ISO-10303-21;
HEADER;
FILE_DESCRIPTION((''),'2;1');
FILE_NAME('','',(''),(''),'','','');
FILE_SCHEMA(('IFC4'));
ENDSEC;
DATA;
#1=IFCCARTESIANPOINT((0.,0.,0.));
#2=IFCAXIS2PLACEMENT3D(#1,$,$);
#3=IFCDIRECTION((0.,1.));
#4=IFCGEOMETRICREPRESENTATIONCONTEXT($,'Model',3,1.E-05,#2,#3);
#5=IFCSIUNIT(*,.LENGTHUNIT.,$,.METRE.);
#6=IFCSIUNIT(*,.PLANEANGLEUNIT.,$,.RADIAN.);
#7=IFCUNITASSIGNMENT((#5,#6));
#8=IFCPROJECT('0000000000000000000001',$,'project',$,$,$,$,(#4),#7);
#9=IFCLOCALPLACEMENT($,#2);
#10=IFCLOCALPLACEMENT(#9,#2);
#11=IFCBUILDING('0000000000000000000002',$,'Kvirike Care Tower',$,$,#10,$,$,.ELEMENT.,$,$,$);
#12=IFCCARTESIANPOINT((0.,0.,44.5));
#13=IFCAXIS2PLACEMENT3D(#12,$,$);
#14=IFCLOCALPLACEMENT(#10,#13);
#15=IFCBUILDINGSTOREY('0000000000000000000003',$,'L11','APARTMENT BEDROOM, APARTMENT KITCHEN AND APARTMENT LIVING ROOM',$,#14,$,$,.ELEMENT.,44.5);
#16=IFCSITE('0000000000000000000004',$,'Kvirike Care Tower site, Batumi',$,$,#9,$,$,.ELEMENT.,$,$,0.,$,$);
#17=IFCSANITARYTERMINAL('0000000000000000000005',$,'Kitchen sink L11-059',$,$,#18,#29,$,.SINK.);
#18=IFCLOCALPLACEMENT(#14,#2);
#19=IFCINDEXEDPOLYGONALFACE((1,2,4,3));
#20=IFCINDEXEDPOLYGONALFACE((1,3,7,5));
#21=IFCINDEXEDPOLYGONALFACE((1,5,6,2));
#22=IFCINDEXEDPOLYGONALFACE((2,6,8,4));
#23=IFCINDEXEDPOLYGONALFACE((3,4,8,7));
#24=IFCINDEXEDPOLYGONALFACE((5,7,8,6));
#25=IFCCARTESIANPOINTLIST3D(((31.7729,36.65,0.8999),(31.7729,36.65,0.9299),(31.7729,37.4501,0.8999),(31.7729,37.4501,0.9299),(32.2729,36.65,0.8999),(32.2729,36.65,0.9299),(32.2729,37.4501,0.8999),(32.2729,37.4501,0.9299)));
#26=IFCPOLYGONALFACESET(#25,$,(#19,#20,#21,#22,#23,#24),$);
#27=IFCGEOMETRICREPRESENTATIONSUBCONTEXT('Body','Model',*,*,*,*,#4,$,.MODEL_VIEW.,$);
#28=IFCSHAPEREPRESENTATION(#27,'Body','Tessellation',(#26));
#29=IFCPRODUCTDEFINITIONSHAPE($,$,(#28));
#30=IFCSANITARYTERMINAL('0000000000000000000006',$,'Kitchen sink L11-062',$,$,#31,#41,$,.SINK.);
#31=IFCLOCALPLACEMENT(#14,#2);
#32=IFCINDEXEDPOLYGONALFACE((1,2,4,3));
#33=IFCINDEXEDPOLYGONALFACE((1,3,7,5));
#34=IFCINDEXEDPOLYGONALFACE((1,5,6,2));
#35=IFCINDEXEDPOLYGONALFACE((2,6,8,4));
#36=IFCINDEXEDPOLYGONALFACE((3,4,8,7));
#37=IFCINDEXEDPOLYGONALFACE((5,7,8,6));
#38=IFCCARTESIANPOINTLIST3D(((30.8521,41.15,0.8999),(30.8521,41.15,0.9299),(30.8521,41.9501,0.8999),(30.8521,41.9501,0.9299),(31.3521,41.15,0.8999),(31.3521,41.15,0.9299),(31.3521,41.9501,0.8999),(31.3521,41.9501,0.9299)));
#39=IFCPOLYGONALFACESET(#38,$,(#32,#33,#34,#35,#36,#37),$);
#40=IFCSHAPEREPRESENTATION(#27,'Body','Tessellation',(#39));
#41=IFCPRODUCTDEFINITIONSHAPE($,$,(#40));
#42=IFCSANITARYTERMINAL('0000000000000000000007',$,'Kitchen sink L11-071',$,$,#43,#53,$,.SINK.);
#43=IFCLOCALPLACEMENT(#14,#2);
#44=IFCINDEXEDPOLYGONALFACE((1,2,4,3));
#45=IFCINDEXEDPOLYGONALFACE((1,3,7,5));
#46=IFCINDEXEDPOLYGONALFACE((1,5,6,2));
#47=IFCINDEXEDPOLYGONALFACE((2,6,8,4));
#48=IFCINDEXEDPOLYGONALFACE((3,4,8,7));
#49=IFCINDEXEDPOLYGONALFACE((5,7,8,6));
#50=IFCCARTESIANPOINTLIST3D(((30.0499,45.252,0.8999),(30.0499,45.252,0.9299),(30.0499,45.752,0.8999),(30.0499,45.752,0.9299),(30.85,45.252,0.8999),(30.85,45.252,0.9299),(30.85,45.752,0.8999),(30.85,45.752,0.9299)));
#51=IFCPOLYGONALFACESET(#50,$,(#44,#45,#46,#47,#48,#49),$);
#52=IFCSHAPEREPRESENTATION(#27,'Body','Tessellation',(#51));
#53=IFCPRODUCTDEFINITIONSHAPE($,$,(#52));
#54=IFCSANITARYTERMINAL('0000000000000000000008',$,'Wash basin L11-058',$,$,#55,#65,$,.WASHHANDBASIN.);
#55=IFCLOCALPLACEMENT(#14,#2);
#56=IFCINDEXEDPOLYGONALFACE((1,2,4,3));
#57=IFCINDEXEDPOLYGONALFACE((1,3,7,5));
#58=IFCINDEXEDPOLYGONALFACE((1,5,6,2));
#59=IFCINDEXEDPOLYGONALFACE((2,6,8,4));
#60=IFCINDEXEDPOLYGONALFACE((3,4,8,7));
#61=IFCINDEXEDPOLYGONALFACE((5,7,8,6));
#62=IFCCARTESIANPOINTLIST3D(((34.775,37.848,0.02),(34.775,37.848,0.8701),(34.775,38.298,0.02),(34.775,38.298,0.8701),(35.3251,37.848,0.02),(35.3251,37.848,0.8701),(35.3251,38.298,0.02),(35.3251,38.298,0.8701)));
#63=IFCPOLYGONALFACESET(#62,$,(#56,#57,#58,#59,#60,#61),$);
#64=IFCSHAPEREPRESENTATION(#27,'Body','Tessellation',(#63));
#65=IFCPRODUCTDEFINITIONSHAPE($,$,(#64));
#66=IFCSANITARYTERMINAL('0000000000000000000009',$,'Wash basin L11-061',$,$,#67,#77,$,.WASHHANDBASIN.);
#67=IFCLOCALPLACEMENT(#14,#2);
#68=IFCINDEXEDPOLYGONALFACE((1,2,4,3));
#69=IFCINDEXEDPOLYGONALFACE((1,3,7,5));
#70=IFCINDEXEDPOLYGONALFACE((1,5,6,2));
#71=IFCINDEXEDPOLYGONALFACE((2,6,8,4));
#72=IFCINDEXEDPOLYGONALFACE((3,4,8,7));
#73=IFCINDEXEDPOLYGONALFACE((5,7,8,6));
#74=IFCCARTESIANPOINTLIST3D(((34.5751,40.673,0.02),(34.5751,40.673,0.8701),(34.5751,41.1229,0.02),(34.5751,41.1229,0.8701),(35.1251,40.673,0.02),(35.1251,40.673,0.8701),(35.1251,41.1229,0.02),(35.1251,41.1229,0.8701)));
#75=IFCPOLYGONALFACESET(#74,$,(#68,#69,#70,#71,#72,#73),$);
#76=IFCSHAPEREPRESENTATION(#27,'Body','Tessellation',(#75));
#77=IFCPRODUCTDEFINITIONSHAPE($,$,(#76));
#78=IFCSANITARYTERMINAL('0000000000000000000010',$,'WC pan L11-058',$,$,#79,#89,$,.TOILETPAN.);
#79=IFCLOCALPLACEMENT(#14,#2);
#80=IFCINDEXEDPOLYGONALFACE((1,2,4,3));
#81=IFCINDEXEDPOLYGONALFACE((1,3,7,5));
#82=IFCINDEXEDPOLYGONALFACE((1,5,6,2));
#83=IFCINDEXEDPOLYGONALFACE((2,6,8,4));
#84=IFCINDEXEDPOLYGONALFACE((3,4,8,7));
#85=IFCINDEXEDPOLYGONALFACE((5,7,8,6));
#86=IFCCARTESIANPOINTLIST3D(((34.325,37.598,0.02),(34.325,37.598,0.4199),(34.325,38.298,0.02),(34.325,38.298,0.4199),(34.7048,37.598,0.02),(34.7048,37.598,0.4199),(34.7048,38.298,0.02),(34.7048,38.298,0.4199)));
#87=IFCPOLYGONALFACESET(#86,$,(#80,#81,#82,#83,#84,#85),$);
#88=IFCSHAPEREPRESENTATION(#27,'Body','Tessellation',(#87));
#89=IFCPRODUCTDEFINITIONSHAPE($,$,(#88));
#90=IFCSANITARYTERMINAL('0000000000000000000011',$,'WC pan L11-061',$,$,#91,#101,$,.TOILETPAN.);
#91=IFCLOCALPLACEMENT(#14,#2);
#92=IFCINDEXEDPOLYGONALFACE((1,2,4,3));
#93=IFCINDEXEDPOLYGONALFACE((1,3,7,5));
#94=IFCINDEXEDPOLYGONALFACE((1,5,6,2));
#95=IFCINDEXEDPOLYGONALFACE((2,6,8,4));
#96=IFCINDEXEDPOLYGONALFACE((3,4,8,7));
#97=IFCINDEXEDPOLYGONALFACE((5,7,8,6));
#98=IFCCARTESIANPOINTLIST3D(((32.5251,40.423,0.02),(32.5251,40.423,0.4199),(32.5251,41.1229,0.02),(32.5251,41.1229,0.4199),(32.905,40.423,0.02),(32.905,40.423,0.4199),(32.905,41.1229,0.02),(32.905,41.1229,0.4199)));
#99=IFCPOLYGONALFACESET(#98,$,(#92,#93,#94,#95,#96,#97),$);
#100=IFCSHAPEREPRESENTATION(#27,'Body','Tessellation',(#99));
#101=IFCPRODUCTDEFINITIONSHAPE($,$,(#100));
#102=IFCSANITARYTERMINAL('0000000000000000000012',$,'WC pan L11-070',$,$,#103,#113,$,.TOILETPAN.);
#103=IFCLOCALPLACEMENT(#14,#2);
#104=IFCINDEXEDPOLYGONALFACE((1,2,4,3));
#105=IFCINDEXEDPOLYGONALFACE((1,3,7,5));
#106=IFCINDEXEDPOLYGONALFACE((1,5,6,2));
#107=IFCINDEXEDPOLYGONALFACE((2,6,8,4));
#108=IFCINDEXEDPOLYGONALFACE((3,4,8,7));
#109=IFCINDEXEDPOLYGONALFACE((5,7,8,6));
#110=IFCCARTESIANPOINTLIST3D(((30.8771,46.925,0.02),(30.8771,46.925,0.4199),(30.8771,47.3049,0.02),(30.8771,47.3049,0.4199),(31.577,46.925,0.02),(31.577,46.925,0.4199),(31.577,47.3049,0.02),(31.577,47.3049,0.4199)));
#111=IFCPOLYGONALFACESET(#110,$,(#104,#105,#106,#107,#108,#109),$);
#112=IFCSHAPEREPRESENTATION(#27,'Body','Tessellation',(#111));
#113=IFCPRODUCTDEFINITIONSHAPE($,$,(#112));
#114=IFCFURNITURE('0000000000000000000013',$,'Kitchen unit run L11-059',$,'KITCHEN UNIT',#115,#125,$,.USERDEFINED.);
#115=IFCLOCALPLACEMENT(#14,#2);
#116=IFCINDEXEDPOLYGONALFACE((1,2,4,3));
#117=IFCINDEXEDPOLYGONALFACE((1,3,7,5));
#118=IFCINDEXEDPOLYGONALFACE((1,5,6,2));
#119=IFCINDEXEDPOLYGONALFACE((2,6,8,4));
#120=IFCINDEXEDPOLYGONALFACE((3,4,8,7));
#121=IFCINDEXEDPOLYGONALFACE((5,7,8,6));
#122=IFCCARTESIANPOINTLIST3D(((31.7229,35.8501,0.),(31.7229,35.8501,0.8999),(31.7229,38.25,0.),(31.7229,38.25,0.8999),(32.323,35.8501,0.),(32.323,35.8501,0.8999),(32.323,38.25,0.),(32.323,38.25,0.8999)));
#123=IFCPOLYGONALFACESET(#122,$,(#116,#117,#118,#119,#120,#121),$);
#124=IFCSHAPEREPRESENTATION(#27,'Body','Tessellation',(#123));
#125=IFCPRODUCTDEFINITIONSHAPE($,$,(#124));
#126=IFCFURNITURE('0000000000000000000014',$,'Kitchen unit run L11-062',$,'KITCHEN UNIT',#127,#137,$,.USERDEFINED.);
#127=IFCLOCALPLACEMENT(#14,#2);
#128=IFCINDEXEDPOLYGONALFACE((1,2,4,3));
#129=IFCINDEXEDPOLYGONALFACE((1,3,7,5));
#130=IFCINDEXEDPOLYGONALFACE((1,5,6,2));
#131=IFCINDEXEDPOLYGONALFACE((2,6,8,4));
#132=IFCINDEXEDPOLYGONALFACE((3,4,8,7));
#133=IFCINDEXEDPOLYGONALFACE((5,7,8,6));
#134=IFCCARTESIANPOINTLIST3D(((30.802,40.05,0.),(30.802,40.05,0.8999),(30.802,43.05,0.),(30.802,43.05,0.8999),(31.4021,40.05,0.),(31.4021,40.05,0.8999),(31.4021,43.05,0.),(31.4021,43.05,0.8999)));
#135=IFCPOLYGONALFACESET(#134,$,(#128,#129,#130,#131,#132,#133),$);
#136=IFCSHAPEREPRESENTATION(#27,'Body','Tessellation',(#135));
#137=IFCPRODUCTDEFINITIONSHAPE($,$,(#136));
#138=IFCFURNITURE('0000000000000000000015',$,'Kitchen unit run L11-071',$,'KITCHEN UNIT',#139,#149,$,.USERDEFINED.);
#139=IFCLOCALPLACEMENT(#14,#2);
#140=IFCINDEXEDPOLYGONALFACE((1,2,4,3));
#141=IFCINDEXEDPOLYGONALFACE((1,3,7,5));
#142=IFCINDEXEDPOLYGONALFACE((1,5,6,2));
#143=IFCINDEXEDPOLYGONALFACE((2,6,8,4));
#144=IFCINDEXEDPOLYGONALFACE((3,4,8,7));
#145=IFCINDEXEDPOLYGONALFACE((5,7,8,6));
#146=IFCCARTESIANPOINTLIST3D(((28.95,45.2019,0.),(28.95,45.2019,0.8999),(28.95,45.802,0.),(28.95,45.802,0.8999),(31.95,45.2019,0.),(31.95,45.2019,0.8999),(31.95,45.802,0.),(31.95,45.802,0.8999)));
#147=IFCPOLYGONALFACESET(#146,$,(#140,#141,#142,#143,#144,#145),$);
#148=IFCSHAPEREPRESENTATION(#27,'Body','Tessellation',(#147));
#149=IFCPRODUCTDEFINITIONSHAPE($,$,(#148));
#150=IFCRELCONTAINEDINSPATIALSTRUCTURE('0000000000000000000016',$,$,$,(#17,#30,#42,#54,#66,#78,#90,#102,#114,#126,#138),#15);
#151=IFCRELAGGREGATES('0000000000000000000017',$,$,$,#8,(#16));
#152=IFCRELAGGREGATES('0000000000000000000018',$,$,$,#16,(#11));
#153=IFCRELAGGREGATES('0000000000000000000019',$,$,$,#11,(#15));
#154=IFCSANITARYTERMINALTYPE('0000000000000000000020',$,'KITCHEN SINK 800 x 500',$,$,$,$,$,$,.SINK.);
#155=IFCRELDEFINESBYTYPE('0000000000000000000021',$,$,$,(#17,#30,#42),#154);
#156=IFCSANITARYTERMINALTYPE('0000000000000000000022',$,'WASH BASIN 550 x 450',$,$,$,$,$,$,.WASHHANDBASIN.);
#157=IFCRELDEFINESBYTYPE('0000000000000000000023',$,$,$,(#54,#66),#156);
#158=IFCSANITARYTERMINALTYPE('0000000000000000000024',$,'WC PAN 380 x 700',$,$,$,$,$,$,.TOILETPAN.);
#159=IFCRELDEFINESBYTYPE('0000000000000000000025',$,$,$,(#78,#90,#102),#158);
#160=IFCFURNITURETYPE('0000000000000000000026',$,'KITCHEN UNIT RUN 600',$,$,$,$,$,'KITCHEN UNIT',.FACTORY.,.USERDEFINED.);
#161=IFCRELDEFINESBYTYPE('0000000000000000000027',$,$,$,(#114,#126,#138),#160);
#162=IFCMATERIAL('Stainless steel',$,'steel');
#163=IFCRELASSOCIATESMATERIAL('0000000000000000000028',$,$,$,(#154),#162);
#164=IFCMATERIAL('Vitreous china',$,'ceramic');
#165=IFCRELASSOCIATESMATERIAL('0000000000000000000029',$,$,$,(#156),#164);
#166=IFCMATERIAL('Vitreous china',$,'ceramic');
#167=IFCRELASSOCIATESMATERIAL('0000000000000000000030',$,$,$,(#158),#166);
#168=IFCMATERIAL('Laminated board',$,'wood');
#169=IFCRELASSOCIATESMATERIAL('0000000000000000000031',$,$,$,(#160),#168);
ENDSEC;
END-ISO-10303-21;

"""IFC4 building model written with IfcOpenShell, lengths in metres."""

from ifc_helpers import new_model, si_unit, direction, frame, origin, origin_2d, place, context, subcontext, project, spatial, rectangle, extrude, material, type_object, element, save


model = new_model("IFC4")

# Units and contexts
model_context = context("Model", 3, precision=1e-05, world=origin(), true_north=direction((0.0, 1.0)))
body_context = subcontext(model_context, "Body", "Model", "MODEL_VIEW")
ifc_project = project(units=[si_unit("LENGTHUNIT", "METRE"), si_unit("PLANEANGLEUNIT", "RADIAN")], contexts=[model_context])

# Site, building, storey
site_placement = place(None, origin())
site = spatial("IfcSite", under=ifc_project, at=site_placement, Name="Kvirike Care Tower site, Batumi", CompositionType="ELEMENT", RefElevation=0.0)
building_placement = place(site_placement, origin())
building = spatial("IfcBuilding", under=site, at=building_placement, Name="Kvirike Care Tower", CompositionType="ELEMENT")
storey_placement = place(building_placement, frame((0.0, 0.0, 44.5)))
storey = spatial("IfcBuildingStorey", under=building, at=storey_placement, Name="L11", Description="APARTMENT BEDROOM, APARTMENT KITCHEN AND APARTMENT LIVING ROOM", CompositionType="ELEMENT", Elevation=44.5)

# Sanitary terminals
ifc_material_1 = material(Name="Stainless steel", Category="steel")
sanitary_terminal_type_1 = type_object("IfcSanitaryTerminalType", Name="KITCHEN SINK 800 x 500", PredefinedType="SINK", material=ifc_material_1)
for number, where, z_axis, x_axis, name in (
    (1, (32.0229, 37.05, 0.8999), (0.0, 0.0, 1.0), (0.0, -1.0, 0.0), "Kitchen sink L11-059"),
    (2, (31.1021, 41.55, 0.8999), (0.0, 0.0, 1.0), (0.0, 1.0, 0.0), "Kitchen sink L11-062"),
    (3, (30.45, 45.502, 0.8999), (0.0, 0.0, 1.0), (-1.0, 0.0, 0.0), "Kitchen sink L11-071"),
):
    element("IfcSanitaryTerminal", number, at=place(storey_placement, frame(where, z_axis=z_axis, x_axis=x_axis)), inside=storey, type_object=sanitary_terminal_type_1, Name=name, PredefinedType="SINK", context=body_context, shape_type="SweptSolid", body=[
        extrude(rectangle(XDim=0.8, YDim=0.5, at=origin_2d()), origin(), (0.0, 0.0, 1.0), 0.03),
    ])
ifc_material_2 = material(Name="Vitreous china", Category="ceramic")
sanitary_terminal_type_2 = type_object("IfcSanitaryTerminalType", Name="WASH BASIN 550 x 450", PredefinedType="WASHHANDBASIN", material=ifc_material_2)
for number, where, z_axis, x_axis, name in (
    (4, (35.05, 38.073, 0.02), (0.0, 0.0, 1.0), (1.0, 0.0, 0.0), "Wash basin L11-058"),
    (5, (34.8501, 40.8979, 0.02), (0.0, 0.0, 1.0), (1.0, 0.0, 0.0), "Wash basin L11-061"),
):
    element("IfcSanitaryTerminal", number, at=place(storey_placement, frame(where, z_axis=z_axis, x_axis=x_axis)), inside=storey, type_object=sanitary_terminal_type_2, Name=name, PredefinedType="WASHHANDBASIN", context=body_context, shape_type="SweptSolid", body=[
        extrude(rectangle(XDim=0.55, YDim=0.45, at=origin_2d()), origin(), (0.0, 0.0, 1.0), 0.8501),
    ])
ifc_material_3 = material(Name="Vitreous china", Category="ceramic")
sanitary_terminal_type_3 = type_object("IfcSanitaryTerminalType", Name="WC PAN 380 x 700", PredefinedType="TOILETPAN", material=ifc_material_3)
for number, where, z_axis, x_axis, name in (
    (6, (34.5149, 37.948, 0.02), (0.0, 0.0, 1.0), (1.0, 0.0, 0.0), "WC pan L11-058"),
    (7, (32.7151, 40.7729, 0.02), (0.0, 0.0, 1.0), (1.0, 0.0, 0.0), "WC pan L11-061"),
    (8, (31.2271, 47.115, 0.02), (0.0, 0.0, 1.0), (0.0, 1.0, 0.0), "WC pan L11-070"),
):
    element("IfcSanitaryTerminal", number, at=place(storey_placement, frame(where, z_axis=z_axis, x_axis=x_axis)), inside=storey, type_object=sanitary_terminal_type_3, Name=name, PredefinedType="TOILETPAN", context=body_context, shape_type="SweptSolid", body=[
        extrude(rectangle(XDim=0.3799, YDim=0.7, at=origin_2d()), origin(), (0.0, 0.0, 1.0), 0.3999),
    ])

# Furniture
ifc_material_4 = material(Name="Laminated board", Category="wood")
furniture_type = type_object("IfcFurnitureType", Name="KITCHEN UNIT RUN 600", ElementType="KITCHEN UNIT", AssemblyPlace="FACTORY", PredefinedType="USERDEFINED", material=ifc_material_4)
furniture_placement = place(storey_placement, frame((32.0229, 37.05, 0.0), z_axis=(0.0, 0.0, 1.0), x_axis=(0.0, -1.0, 0.0)))
element("IfcFurniture", 9, at=furniture_placement, inside=storey, type_object=furniture_type, Name="Kitchen unit run L11-059", ObjectType="KITCHEN UNIT", PredefinedType="USERDEFINED", context=body_context, shape_type="SweptSolid", body=[
    extrude(rectangle(XDim=2.3999, YDim=0.6001, at=origin_2d()), origin(), (0.0, 0.0, 1.0), 0.8999),
])
for number, where, z_axis, x_axis, name in (
    (10, (31.1021, 41.55, 0.0), (0.0, 0.0, 1.0), (0.0, 1.0, 0.0), "Kitchen unit run L11-062"),
    (11, (30.45, 45.502, 0.0), (0.0, 0.0, 1.0), (-1.0, 0.0, 0.0), "Kitchen unit run L11-071"),
):
    element("IfcFurniture", number, at=place(storey_placement, frame(where, z_axis=z_axis, x_axis=x_axis)), inside=storey, type_object=furniture_type, Name=name, ObjectType="KITCHEN UNIT", PredefinedType="USERDEFINED", context=body_context, shape_type="SweptSolid", body=[
        extrude(rectangle(XDim=3.0, YDim=0.6001, at=origin_2d()), origin(), (0.0, 0.0, 1.0), 0.8999),
    ])

save(model, "model.ifc")
